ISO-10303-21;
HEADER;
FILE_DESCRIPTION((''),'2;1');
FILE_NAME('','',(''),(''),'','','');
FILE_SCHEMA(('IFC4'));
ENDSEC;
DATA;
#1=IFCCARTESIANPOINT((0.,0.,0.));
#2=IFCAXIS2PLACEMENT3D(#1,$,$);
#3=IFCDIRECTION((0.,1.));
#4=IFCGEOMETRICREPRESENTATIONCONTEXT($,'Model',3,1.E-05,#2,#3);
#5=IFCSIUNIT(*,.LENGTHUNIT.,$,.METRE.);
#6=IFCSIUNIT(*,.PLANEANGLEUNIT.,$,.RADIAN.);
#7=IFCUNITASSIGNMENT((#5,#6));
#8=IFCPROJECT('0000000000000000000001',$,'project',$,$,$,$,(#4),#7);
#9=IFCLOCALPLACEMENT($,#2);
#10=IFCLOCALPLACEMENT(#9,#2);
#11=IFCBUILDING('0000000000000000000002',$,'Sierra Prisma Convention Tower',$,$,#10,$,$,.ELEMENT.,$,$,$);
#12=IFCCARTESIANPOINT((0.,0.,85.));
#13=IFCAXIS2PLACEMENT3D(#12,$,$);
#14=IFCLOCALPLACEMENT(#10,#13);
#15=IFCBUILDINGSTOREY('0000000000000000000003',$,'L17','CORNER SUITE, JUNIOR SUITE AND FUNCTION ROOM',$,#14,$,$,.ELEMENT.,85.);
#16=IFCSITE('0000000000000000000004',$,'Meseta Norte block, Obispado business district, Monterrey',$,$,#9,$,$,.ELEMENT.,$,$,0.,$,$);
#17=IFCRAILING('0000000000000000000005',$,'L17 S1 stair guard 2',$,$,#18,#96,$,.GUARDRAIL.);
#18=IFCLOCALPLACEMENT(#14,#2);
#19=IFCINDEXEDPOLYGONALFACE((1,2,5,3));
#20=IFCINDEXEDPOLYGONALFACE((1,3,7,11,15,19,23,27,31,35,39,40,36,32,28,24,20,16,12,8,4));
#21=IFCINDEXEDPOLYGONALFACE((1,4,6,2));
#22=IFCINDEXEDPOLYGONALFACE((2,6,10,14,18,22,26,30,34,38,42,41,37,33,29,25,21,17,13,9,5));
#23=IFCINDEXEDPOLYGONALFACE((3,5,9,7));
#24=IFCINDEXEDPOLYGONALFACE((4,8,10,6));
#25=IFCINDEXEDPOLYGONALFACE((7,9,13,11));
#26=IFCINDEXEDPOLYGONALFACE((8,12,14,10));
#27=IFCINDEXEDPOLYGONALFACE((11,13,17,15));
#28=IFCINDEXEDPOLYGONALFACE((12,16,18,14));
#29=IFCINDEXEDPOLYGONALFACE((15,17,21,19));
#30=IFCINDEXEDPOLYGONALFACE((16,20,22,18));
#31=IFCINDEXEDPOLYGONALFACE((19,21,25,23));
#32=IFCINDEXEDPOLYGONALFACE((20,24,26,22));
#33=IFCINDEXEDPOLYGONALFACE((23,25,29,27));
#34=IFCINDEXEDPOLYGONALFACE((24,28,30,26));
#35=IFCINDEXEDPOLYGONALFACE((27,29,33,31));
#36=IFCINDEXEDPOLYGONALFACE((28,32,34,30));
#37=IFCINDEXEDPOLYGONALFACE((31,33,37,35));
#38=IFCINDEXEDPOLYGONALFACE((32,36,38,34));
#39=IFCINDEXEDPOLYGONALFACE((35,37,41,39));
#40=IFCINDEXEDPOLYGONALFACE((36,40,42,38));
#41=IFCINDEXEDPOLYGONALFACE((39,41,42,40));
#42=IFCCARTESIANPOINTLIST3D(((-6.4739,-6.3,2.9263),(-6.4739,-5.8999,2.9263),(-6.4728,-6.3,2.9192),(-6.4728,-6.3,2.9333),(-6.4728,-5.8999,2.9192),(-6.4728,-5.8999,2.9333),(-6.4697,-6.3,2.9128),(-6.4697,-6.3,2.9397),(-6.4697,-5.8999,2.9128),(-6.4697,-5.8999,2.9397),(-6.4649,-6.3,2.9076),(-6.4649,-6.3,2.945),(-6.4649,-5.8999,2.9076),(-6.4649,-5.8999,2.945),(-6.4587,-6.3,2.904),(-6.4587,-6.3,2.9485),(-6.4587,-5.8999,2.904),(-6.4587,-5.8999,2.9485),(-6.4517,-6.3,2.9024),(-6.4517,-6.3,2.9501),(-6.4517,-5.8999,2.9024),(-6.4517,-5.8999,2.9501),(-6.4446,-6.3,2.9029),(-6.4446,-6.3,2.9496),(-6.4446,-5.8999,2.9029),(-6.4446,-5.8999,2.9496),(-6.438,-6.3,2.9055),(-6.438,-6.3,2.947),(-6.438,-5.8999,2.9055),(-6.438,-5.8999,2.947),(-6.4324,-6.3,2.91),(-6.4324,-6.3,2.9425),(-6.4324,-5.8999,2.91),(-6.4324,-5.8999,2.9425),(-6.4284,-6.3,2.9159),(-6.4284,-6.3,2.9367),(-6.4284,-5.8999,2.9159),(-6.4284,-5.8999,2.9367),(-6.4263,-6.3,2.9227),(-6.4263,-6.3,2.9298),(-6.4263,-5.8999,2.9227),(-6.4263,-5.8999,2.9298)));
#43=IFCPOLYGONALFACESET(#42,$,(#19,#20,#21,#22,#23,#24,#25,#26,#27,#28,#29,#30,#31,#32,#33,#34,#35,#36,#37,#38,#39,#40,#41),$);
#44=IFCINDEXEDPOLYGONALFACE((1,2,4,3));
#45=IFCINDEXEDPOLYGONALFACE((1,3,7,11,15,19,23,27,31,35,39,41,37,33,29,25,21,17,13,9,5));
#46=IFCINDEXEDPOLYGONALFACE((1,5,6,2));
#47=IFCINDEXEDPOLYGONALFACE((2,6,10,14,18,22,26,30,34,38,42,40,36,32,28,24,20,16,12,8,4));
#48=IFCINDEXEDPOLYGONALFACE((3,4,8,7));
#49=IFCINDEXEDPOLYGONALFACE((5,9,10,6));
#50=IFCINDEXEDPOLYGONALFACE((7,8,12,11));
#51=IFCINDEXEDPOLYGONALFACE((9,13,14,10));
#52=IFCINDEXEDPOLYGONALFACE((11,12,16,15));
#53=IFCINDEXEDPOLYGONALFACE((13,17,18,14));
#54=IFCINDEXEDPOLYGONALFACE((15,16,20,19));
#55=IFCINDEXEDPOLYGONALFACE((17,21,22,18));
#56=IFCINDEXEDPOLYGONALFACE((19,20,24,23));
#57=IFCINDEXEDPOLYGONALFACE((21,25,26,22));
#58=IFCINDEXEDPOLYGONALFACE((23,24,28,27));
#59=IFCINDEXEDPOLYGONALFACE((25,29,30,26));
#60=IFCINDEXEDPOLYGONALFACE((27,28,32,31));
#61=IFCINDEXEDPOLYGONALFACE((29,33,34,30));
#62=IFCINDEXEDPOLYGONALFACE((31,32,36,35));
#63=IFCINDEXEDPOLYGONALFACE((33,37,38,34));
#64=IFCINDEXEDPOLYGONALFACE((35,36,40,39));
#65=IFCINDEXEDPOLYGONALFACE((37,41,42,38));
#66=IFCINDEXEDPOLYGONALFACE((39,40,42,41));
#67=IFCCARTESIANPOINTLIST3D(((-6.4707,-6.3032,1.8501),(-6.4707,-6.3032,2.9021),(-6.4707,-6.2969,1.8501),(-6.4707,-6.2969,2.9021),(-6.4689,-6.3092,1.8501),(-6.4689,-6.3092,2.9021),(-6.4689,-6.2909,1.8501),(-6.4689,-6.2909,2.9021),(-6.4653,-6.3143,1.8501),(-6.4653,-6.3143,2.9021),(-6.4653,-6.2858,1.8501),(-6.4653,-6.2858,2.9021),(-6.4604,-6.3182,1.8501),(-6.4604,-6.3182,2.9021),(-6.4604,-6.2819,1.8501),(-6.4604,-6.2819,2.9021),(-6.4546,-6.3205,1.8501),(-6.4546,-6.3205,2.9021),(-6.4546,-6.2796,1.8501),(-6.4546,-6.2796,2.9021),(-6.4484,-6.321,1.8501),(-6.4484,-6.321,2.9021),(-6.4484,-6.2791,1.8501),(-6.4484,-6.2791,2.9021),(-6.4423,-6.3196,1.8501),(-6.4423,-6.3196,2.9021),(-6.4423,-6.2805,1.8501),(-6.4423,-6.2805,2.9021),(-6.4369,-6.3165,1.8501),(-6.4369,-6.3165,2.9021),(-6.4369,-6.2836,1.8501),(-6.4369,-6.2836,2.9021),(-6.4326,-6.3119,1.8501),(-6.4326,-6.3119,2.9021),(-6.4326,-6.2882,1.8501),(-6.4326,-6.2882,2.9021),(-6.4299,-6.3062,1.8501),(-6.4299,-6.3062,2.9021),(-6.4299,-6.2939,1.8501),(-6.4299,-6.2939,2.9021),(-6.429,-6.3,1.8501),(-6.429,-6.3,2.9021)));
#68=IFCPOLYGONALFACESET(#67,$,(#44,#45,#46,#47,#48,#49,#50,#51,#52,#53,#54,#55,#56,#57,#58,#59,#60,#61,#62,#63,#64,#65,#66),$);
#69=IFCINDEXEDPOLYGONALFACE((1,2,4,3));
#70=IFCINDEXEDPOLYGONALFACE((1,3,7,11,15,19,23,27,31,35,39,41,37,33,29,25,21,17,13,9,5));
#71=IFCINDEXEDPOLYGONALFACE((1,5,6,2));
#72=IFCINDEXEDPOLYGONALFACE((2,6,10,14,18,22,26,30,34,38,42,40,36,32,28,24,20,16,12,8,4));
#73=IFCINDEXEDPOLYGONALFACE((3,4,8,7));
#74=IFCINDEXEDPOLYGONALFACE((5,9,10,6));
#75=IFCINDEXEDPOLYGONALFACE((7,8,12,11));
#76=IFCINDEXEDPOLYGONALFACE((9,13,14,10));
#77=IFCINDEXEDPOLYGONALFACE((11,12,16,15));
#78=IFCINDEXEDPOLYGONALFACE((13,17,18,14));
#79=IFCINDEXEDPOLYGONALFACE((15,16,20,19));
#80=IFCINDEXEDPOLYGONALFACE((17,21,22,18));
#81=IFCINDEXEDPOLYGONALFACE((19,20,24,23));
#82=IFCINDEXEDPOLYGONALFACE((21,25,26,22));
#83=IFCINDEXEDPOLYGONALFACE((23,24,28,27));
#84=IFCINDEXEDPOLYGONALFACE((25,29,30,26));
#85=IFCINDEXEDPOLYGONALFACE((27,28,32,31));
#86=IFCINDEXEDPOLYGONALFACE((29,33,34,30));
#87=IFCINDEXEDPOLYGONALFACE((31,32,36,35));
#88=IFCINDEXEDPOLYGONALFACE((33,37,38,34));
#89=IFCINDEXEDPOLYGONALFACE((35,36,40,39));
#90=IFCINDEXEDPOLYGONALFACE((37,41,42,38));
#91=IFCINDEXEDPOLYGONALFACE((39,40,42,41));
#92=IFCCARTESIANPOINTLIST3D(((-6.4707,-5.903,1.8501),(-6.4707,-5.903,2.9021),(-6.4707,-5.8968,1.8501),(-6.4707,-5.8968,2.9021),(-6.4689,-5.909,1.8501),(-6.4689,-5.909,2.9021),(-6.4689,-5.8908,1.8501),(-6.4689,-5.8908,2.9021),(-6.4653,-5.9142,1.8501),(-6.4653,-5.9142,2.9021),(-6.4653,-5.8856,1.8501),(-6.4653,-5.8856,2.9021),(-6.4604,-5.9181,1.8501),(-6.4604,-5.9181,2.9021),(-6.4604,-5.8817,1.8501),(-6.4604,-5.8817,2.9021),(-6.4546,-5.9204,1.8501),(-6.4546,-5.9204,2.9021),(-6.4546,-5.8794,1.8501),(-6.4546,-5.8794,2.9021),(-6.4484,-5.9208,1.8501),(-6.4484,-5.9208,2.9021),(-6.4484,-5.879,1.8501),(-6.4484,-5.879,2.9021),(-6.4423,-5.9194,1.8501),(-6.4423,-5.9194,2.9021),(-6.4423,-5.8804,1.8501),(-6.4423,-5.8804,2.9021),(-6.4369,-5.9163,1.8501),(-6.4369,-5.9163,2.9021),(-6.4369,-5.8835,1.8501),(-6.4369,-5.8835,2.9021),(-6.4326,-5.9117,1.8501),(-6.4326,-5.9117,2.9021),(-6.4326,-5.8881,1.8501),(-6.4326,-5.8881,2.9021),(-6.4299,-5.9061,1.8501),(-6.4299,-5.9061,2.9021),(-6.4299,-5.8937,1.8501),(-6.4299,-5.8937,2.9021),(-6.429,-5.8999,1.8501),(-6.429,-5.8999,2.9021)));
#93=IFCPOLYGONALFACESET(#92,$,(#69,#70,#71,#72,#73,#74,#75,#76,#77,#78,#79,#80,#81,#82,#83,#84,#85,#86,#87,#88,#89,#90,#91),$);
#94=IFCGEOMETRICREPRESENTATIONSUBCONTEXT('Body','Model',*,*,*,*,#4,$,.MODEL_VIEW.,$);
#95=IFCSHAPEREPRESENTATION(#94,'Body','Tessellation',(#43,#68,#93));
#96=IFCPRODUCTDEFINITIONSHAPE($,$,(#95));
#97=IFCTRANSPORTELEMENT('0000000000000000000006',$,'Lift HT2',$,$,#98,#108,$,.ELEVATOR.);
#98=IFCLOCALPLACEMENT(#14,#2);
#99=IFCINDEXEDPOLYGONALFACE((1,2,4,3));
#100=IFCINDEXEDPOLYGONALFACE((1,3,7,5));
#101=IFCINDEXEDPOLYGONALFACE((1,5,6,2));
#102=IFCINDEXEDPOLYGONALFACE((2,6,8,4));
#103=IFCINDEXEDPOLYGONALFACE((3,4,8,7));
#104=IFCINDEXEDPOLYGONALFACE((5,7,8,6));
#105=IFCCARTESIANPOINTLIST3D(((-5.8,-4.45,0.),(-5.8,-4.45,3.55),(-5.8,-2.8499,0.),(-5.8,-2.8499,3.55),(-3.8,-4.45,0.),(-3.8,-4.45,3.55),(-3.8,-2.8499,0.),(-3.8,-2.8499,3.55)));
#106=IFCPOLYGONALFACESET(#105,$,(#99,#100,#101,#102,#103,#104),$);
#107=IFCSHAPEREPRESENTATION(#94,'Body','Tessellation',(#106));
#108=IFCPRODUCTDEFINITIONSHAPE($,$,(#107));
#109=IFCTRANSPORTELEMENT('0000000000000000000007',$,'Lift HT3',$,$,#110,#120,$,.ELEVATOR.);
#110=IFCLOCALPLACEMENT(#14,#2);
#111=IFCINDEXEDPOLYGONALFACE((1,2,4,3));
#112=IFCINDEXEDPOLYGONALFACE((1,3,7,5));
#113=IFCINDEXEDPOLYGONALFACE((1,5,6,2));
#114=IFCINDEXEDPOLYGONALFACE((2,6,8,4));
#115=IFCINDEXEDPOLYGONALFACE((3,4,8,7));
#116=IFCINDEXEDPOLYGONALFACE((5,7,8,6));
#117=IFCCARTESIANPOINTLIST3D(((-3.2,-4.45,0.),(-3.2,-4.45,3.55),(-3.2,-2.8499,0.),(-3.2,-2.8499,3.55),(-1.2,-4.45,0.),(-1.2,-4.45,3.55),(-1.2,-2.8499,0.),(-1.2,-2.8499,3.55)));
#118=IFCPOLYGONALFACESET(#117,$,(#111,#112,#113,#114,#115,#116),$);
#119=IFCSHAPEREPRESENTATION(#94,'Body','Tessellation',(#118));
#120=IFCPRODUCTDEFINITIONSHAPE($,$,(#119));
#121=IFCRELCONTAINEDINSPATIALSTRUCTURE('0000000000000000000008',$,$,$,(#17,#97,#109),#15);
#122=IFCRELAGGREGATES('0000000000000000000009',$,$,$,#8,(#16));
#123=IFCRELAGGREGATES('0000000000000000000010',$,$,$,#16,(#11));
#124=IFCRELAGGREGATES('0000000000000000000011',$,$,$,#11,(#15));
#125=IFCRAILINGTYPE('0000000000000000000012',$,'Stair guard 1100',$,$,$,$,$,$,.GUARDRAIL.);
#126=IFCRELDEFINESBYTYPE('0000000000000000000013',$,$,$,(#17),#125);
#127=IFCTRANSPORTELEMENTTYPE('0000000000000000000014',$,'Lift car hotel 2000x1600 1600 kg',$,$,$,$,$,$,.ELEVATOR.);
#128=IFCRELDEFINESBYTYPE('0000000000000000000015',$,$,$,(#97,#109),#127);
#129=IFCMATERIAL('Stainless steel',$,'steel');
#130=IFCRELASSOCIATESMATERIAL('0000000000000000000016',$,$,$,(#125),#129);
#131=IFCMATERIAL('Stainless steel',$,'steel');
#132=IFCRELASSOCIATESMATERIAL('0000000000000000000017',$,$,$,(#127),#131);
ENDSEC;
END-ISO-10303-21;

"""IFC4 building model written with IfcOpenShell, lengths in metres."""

from ifc_helpers import new_model, si_unit, direction, frame, origin, origin_2d, place, context, subcontext, project, spatial, rectangle, circle, extrude, material, type_object, element, save


model = new_model("IFC4")

# Units and contexts
model_context = context("Model", 3, precision=1e-05, world=origin(), true_north=direction((0.0, 1.0)))
body_context = subcontext(model_context, "Body", "Model", "MODEL_VIEW")
ifc_project = project(units=[si_unit("LENGTHUNIT", "METRE"), si_unit("PLANEANGLEUNIT", "RADIAN")], contexts=[model_context])

# Site, building, storey
site_placement = place(None, origin())
site = spatial("IfcSite", under=ifc_project, at=site_placement, Name="Meseta Norte block, Obispado business district, Monterrey", CompositionType="ELEMENT", RefElevation=0.0)
building_placement = place(site_placement, origin())
building = spatial("IfcBuilding", under=site, at=building_placement, Name="Sierra Prisma Convention Tower", CompositionType="ELEMENT")
storey_placement = place(building_placement, frame((0.0, 0.0, 85.0)))
storey = spatial("IfcBuildingStorey", under=building, at=storey_placement, Name="L17", Description="CORNER SUITE, JUNIOR SUITE AND FUNCTION ROOM", CompositionType="ELEMENT", Elevation=85.0)

# Railing
ifc_material_1 = material(Name="Stainless steel", Category="steel")
railing_type_1 = type_object("IfcRailingType", Name="Stair guard 1100", PredefinedType="GUARDRAIL", material=ifc_material_1)
railing_1_placement = place(storey_placement, frame((-6.45, -6.3, 1.8501)))
element("IfcRailing", 1, at=railing_1_placement, inside=storey, type_object=railing_type_1, Name="L17 S1 stair guard 2", PredefinedType="GUARDRAIL", context=body_context, shape_type="SweptSolid", body=[
    extrude(circle(Radius=0.0239, at=origin_2d()), frame((0.0, 0.0, 1.0762), z_axis=(0.0, 1.0, 0.0), x_axis=(-1.0, 0.0, 0.0)), (0.0, 0.0, 1.0), 0.4001),
    extrude(circle(Radius=0.021, at=origin_2d()), origin(), (0.0, 0.0, 1.0), 1.052),
    extrude(circle(Radius=0.021, at=origin_2d()), frame((0.0, 0.4001, 0.0)), (0.0, 0.0, 1.0), 1.052),
])

# Transport elements
ifc_material_2 = material(Name="Stainless steel", Category="steel")
transport_element_type = type_object("IfcTransportElementType", Name="Lift car hotel 2000x1600 1600 kg", PredefinedType="ELEVATOR", material=ifc_material_2)
for number, where, z_axis, x_axis, name in (
    (2, (-4.8, -3.6499, 0.0), (0.0, 0.0, 1.0), (1.0, 0.0, 0.0), "Lift HT2"),
    (3, (-2.2, -3.6499, 0.0), (0.0, 0.0, 1.0), (1.0, 0.0, 0.0), "Lift HT3"),
):
    element("IfcTransportElement", number, at=place(storey_placement, frame(where, z_axis=z_axis, x_axis=x_axis)), inside=storey, type_object=transport_element_type, Name=name, PredefinedType="ELEVATOR", context=body_context, shape_type="SweptSolid", body=[
        extrude(rectangle(XDim=2.0, YDim=1.6001, at=origin_2d()), origin(), (0.0, 0.0, 1.0), 3.55),
    ])

save(model, "model.ifc")
